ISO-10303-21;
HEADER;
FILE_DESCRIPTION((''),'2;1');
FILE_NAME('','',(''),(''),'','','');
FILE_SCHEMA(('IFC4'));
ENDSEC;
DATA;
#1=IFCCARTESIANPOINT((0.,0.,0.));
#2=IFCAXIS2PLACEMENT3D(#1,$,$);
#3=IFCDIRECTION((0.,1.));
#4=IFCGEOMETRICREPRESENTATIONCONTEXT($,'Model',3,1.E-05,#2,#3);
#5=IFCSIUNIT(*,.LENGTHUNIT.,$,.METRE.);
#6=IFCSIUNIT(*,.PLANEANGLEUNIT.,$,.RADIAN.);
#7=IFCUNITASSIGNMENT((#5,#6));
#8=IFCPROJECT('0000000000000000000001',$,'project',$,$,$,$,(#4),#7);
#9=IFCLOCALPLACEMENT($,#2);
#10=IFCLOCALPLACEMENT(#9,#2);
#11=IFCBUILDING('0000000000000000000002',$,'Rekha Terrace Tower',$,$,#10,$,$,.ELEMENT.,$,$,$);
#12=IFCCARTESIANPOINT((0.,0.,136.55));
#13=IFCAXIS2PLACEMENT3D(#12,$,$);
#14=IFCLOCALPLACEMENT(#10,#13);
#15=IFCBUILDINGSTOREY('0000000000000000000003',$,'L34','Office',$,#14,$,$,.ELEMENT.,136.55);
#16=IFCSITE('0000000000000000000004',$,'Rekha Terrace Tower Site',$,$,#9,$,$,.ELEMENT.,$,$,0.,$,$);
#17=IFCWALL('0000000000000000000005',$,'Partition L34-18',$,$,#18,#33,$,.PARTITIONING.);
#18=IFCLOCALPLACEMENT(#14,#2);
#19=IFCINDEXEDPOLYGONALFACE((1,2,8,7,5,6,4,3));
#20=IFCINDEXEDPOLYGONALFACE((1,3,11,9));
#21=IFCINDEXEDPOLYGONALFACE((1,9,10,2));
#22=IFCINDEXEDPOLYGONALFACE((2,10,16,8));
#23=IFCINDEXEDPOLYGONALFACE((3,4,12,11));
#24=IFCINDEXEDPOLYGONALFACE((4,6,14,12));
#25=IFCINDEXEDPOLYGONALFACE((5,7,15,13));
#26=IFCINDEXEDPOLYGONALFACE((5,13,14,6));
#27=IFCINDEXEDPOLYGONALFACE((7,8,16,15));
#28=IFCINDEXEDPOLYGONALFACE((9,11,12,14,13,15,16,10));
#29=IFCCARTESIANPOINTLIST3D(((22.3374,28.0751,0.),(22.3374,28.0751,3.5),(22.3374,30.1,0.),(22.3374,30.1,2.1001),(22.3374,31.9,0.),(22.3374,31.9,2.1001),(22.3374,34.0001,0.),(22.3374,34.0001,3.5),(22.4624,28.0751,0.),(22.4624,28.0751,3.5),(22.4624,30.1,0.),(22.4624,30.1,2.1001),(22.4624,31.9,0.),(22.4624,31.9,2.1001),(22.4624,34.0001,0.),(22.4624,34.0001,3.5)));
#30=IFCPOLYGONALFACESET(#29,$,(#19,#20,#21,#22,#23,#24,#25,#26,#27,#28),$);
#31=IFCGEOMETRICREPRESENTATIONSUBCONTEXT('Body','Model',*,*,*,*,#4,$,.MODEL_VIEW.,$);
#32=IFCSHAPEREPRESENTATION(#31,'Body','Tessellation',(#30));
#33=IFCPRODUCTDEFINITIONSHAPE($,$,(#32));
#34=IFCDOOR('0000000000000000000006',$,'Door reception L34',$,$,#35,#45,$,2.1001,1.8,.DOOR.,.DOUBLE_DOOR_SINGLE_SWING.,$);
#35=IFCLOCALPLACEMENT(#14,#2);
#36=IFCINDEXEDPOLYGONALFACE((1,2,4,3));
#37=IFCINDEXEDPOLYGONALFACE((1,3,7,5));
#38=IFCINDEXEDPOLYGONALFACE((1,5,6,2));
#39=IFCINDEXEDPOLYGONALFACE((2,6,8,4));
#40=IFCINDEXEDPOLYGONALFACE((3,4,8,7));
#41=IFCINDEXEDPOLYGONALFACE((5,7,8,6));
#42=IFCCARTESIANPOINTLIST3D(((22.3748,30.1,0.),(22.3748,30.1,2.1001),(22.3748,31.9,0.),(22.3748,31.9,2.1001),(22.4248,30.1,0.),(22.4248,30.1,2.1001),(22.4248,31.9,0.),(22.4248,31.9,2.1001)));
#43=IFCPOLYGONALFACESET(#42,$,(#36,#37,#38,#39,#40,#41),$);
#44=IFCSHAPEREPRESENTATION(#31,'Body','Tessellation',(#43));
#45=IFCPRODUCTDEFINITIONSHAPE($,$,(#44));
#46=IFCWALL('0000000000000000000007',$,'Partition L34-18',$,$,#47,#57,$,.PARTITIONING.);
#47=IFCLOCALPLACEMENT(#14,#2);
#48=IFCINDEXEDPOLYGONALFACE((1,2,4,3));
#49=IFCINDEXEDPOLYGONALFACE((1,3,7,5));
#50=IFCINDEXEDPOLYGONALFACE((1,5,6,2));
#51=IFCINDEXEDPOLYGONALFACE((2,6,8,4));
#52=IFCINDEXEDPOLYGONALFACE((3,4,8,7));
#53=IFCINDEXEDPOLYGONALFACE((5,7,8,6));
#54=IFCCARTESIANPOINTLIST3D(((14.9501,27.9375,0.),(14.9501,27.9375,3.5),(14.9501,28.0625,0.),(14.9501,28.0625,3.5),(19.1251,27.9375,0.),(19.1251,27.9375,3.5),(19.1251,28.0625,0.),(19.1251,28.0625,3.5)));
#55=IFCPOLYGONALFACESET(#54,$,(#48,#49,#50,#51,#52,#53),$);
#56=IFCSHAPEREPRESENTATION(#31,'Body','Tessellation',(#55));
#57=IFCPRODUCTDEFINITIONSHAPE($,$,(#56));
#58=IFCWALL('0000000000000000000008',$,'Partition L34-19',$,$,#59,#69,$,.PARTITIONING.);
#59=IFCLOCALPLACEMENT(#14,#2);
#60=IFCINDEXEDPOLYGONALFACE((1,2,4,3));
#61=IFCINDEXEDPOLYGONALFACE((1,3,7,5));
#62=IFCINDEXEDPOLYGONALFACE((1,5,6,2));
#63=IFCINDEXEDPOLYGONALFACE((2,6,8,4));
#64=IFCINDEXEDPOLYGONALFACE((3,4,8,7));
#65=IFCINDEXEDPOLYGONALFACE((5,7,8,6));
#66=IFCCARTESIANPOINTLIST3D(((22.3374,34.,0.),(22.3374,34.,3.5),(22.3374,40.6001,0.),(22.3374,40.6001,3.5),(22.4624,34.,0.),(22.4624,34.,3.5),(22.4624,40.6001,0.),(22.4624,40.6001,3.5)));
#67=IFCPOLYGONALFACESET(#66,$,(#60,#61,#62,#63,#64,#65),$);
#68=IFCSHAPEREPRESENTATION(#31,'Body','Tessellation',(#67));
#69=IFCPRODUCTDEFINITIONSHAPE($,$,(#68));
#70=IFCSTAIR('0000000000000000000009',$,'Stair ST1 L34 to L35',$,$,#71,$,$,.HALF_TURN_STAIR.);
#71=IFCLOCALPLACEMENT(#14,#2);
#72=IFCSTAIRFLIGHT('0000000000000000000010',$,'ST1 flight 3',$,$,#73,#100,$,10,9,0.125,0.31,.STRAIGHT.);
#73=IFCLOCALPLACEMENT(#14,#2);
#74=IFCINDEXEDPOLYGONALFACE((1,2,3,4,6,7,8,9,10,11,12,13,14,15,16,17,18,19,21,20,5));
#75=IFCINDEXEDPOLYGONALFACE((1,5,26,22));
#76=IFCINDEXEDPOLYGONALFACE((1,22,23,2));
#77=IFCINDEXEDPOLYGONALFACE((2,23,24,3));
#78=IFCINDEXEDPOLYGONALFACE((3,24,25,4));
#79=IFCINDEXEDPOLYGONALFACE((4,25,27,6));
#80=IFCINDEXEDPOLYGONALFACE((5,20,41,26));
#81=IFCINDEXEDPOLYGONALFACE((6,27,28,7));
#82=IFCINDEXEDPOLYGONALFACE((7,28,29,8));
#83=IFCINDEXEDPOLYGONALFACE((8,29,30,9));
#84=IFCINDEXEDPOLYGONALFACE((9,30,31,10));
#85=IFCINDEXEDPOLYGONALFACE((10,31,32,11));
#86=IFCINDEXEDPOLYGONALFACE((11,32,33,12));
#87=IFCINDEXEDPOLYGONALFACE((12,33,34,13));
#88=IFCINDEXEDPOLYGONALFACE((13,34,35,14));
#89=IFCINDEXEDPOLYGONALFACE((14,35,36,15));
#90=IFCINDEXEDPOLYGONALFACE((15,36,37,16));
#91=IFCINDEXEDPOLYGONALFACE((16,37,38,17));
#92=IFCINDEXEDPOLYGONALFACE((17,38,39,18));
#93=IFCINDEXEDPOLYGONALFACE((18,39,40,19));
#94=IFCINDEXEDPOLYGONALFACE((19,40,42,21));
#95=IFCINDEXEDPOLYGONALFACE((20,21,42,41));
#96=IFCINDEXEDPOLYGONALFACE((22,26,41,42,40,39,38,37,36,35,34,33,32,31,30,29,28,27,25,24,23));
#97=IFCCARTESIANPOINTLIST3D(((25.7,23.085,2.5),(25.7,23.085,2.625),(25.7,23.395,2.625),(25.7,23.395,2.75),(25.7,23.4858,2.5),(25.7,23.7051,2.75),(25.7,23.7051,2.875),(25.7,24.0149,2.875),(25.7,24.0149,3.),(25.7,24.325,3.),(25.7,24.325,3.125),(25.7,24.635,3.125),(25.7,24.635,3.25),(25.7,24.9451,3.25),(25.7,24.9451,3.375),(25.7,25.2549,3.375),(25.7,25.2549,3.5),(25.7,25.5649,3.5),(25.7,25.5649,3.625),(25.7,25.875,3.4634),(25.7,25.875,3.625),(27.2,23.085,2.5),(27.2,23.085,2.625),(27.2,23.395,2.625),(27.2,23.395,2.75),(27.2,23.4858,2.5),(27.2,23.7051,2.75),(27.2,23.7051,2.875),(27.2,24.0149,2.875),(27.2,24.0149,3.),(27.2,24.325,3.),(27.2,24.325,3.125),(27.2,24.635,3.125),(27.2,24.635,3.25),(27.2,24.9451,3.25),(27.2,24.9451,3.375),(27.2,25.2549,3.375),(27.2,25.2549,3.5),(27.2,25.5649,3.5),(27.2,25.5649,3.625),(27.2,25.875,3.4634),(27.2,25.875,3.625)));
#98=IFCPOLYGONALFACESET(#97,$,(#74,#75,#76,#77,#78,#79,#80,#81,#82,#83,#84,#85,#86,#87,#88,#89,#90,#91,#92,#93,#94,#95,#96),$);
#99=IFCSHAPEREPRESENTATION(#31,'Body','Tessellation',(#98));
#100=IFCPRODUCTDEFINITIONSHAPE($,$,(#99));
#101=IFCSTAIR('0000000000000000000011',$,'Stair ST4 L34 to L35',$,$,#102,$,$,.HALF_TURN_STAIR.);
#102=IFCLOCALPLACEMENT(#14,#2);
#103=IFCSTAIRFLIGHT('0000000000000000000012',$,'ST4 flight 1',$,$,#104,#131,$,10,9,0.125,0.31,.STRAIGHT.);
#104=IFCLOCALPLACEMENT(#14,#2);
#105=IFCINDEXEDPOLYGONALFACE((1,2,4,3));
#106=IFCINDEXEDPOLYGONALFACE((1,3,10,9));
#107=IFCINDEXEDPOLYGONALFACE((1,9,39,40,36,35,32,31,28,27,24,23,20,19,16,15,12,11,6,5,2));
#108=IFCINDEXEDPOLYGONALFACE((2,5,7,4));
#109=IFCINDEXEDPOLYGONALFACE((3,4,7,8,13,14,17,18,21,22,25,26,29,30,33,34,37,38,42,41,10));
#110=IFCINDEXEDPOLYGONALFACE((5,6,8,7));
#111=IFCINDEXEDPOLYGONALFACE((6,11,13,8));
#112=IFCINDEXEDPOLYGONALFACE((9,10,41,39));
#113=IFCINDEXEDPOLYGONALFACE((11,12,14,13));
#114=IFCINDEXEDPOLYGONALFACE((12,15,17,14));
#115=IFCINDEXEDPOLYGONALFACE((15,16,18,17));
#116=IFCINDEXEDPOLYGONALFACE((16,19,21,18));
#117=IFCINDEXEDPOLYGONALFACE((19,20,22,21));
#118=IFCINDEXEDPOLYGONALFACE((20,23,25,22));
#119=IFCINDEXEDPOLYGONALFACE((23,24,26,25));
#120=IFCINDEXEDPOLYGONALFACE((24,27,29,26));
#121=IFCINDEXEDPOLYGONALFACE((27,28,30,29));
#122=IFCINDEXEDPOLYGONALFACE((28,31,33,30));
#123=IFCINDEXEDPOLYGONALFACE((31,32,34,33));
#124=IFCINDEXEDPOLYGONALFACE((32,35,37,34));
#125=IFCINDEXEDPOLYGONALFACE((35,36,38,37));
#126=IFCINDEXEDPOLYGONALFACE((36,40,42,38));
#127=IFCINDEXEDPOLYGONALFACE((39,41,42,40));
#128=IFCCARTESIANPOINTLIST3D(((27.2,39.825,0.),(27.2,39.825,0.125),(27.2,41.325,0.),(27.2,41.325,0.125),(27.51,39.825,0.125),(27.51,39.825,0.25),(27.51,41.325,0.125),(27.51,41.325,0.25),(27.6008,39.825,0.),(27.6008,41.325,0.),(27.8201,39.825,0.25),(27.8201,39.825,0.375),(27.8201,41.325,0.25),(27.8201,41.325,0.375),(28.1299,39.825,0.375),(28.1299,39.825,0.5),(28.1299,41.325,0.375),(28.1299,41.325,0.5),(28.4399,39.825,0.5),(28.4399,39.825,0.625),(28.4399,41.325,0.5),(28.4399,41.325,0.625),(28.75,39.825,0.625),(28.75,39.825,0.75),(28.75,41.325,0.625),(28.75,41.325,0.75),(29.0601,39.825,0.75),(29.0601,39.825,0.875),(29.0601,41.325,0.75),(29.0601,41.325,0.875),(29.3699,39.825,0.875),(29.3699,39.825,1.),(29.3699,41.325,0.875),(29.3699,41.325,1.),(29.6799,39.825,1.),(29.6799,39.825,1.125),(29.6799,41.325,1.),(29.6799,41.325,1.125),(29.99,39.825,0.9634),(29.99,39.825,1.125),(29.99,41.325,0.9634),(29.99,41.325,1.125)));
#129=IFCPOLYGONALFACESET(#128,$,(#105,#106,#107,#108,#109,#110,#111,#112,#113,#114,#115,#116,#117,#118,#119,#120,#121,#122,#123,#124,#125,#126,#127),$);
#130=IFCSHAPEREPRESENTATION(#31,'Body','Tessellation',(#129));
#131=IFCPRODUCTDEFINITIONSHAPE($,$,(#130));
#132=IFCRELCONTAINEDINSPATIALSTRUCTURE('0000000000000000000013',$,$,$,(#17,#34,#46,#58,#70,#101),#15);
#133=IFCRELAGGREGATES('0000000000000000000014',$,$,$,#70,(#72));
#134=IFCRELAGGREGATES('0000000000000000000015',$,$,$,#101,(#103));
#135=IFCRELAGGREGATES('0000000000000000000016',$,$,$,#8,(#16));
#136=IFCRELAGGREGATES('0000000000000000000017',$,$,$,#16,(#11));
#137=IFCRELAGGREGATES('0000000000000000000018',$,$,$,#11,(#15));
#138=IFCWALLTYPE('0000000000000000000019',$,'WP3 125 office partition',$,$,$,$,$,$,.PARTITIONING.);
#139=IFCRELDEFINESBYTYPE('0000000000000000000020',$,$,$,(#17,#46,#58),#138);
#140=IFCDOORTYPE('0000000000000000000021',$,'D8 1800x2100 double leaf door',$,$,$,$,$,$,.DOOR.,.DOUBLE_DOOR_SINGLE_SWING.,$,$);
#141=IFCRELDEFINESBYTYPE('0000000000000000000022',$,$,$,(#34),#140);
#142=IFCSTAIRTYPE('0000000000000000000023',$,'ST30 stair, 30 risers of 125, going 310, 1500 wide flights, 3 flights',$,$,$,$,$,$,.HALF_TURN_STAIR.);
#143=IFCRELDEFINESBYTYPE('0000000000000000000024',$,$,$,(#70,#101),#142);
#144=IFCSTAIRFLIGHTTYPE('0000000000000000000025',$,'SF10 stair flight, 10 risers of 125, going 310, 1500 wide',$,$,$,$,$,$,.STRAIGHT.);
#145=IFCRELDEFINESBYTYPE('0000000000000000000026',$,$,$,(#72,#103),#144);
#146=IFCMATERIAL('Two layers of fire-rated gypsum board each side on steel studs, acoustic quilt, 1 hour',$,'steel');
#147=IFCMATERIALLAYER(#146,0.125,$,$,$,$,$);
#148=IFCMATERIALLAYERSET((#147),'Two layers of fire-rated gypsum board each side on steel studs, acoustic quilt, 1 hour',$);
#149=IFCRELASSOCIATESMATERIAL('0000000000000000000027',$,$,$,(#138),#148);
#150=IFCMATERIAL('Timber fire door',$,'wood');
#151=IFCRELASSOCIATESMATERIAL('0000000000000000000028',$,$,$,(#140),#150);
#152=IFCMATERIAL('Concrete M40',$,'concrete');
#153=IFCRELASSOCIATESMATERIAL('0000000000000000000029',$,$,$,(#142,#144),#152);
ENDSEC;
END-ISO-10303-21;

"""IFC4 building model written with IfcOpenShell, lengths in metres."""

from ifc_helpers import new_model, si_unit, direction, frame, frame_2d, origin, place, context, subcontext, project, spatial, polyline, rectangle, outline, extrude, material, layer, layer_set, type_object, element, fill, aggregate, save


model = new_model("IFC4")

# Units and contexts
model_context = context("Model", 3, precision=1e-05, world=origin(), true_north=direction((0.0, 1.0)))
body_context = subcontext(model_context, "Body", "Model", "MODEL_VIEW")
ifc_project = project(units=[si_unit("LENGTHUNIT", "METRE"), si_unit("PLANEANGLEUNIT", "RADIAN")], contexts=[model_context])

# Site, building, storey
site_placement = place(None, origin())
site = spatial("IfcSite", under=ifc_project, at=site_placement, Name="Rekha Terrace Tower Site", CompositionType="ELEMENT", RefElevation=0.0)
building_placement = place(site_placement, origin())
building = spatial("IfcBuilding", under=site, at=building_placement, Name="Rekha Terrace Tower", CompositionType="ELEMENT")
storey_placement = place(building_placement, frame((0.0, 0.0, 136.55)))
storey = spatial("IfcBuildingStorey", under=building, at=storey_placement, Name="L34", Description="Office", CompositionType="ELEMENT", Elevation=136.55)

# Shared definitions
ifc_material_1 = material(Name="Two layers of fire-rated gypsum board each side on steel studs, acoustic quilt, 1 hour", Category="steel")
ifc_layer_1 = layer(ifc_material_1, 0.125)
ifc_layer_set_1 = layer_set([ifc_layer_1], Name="Two layers of fire-rated gypsum board each side on steel studs, acoustic quilt, 1 hour")
wall_type_1 = type_object("IfcWallType", Name="WP3 125 office partition", PredefinedType="PARTITIONING", material=ifc_layer_set_1)

# Wall, opening, door
wall_1_placement = place(storey_placement, frame((22.3999, 34.0, 0.0), z_axis=(0.0, 0.0, 1.0), x_axis=(0.0, -1.0, 0.0)))
wall_1 = element("IfcWall", 1, at=wall_1_placement, inside=storey, type_object=wall_type_1, Name="Partition L34-18", PredefinedType="PARTITIONING", context=body_context, shape_type="SweptSolid", body=[
    extrude(rectangle(XDim=5.925, YDim=0.125, at=frame_2d((2.9624, 0.0))), origin(), (0.0, 0.0, 1.0), 3.5),
])
opening_1_placement = place(wall_1_placement, frame((2.1001, 0.0, 0.0)))
opening_1 = element("IfcOpeningElement", 2, at=opening_1_placement, cuts=wall_1, PredefinedType="OPENING", context=body_context, shape_type="SweptSolid", body=[
    extrude(rectangle(XDim=1.8, YDim=2.1001, at=frame_2d((0.8999, 1.05))), frame((0.0, 0.0725, 0.0), z_axis=(0.0, -1.0, 0.0), x_axis=(1.0, 0.0, 0.0)), (0.0, 0.0, 1.0), 0.145),
])
ifc_material_2 = material(Name="Timber fire door", Category="wood")
door_type_1 = type_object("IfcDoorType", Name="D8 1800x2100 double leaf door", OperationType="DOUBLE_DOOR_SINGLE_SWING", PredefinedType="DOOR", material=ifc_material_2)
door_1_placement = place(opening_1_placement, origin())
door_1 = element("IfcDoor", 3, at=door_1_placement, inside=storey, type_object=door_type_1, Name="Door reception L34", OperationType="DOUBLE_DOOR_SINGLE_SWING", OverallHeight=2.1001, OverallWidth=1.8, PredefinedType="DOOR", context=body_context, shape_type="SweptSolid", body=[
    extrude(rectangle(XDim=1.8, YDim=2.1001, at=frame_2d((0.8999, 1.05))), frame((0.0, 0.0249, 0.0), z_axis=(0.0, -1.0, 0.0), x_axis=(1.0, 0.0, 0.0)), (0.0, 0.0, 1.0), 0.05),
])
fill(opening_1, door_1)

# Walls
wall_2_placement = place(storey_placement, frame((19.125, 28.0, 0.0), z_axis=(0.0, 0.0, 1.0), x_axis=(-1.0, 0.0, 0.0)))
element("IfcWall", 4, at=wall_2_placement, inside=storey, type_object=wall_type_1, Name="Partition L34-18", PredefinedType="PARTITIONING", context=body_context, shape_type="SweptSolid", body=[
    extrude(rectangle(XDim=4.175, YDim=0.125, at=frame_2d((2.0874, 0.0))), origin(), (0.0, 0.0, 1.0), 3.5),
])
wall_3_placement = place(storey_placement, frame((22.3999, 40.6001, 0.0), z_axis=(0.0, 0.0, 1.0), x_axis=(0.0, -1.0, 0.0)))
element("IfcWall", 5, at=wall_3_placement, inside=storey, type_object=wall_type_1, Name="Partition L34-19", PredefinedType="PARTITIONING", context=body_context, shape_type="SweptSolid", body=[
    extrude(rectangle(XDim=6.6001, YDim=0.125, at=frame_2d((3.3, 0.0))), origin(), (0.0, 0.0, 1.0), 3.5),
])

# Stairs, stair flights
ifc_material_3 = material(Name="Concrete M40", Category="concrete")
stair_type = type_object("IfcStairType", Name="ST30 stair, 30 risers of 125, going 310, 1500 wide flights, 3 flights", PredefinedType="HALF_TURN_STAIR", material=ifc_material_3)
stair_1_placement = place(storey_placement, origin())
stair_1 = element("IfcStair", 6, at=stair_1_placement, inside=storey, type_object=stair_type, Name="Stair ST1 L34 to L35", PredefinedType="HALF_TURN_STAIR")
stair_flight_type = type_object("IfcStairFlightType", Name="SF10 stair flight, 10 risers of 125, going 310, 1500 wide", PredefinedType="STRAIGHT", material=ifc_material_3)
stair_flight_1_placement = place(storey_placement, frame((26.45, 23.085, 2.5), z_axis=(0.0, 0.0, 1.0), x_axis=(0.0, 1.0, 0.0)))
stair_flight_1 = element("IfcStairFlight", 7, at=stair_flight_1_placement, type_object=stair_flight_type, Name="ST1 flight 3", NumberOfRisers=10, NumberOfTreads=9, PredefinedType="STRAIGHT", RiserHeight=0.125, TreadLength=0.31, context=body_context, shape_type="SweptSolid", body=[
    extrude(outline(polyline([(0.0, 0.0), (0.0, 0.125), (0.3101, 0.125), (0.3101, 0.25), (0.6201, 0.25), (0.6201, 0.375), (0.9299, 0.375), (0.9299, 0.5), (1.24, 0.5), (1.24, 0.625), (1.55, 0.625), (1.55, 0.75), (1.8601, 0.75), (1.8601, 0.875), (2.1699, 0.875), (2.1699, 1.0), (2.48, 1.0), (2.48, 1.125), (2.79, 1.125), (2.79, 1.25), (2.79, 0.9634), (0.4009, 0.0), (0.0, 0.0)])), frame((0.0, 0.75, 0.0), z_axis=(0.0, -1.0, 0.0), x_axis=(1.0, 0.0, 0.0)), (0.0, 0.0, 1.0), 1.5),
])
aggregate(stair_1, [stair_flight_1])
stair_2_placement = place(storey_placement, origin())
stair_2 = element("IfcStair", 8, at=stair_2_placement, inside=storey, type_object=stair_type, Name="Stair ST4 L34 to L35", PredefinedType="HALF_TURN_STAIR")
stair_flight_2_placement = place(storey_placement, frame((27.2, 40.575, 0.0), z_axis=(0.0, 0.0, 1.0), x_axis=(1.0, 0.0, 0.0)))
stair_flight_2 = element("IfcStairFlight", 9, at=stair_flight_2_placement, type_object=stair_flight_type, Name="ST4 flight 1", NumberOfRisers=10, NumberOfTreads=9, PredefinedType="STRAIGHT", RiserHeight=0.125, TreadLength=0.31, context=body_context, shape_type="SweptSolid", body=[
    extrude(outline(polyline([(0.0, 0.0), (0.0, 0.125), (0.3101, 0.125), (0.3101, 0.25), (0.6201, 0.25), (0.6201, 0.375), (0.9299, 0.375), (0.9299, 0.5), (1.24, 0.5), (1.24, 0.625), (1.55, 0.625), (1.55, 0.75), (1.8601, 0.75), (1.8601, 0.875), (2.1699, 0.875), (2.1699, 1.0), (2.48, 1.0), (2.48, 1.125), (2.79, 1.125), (2.79, 1.25), (2.79, 0.9634), (0.4009, 0.0), (0.0, 0.0)])), frame((0.0, 0.75, 0.0), z_axis=(0.0, -1.0, 0.0), x_axis=(1.0, 0.0, 0.0)), (0.0, 0.0, 1.0), 1.5),
])
aggregate(stair_2, [stair_flight_2])

save(model, "model.ifc")
